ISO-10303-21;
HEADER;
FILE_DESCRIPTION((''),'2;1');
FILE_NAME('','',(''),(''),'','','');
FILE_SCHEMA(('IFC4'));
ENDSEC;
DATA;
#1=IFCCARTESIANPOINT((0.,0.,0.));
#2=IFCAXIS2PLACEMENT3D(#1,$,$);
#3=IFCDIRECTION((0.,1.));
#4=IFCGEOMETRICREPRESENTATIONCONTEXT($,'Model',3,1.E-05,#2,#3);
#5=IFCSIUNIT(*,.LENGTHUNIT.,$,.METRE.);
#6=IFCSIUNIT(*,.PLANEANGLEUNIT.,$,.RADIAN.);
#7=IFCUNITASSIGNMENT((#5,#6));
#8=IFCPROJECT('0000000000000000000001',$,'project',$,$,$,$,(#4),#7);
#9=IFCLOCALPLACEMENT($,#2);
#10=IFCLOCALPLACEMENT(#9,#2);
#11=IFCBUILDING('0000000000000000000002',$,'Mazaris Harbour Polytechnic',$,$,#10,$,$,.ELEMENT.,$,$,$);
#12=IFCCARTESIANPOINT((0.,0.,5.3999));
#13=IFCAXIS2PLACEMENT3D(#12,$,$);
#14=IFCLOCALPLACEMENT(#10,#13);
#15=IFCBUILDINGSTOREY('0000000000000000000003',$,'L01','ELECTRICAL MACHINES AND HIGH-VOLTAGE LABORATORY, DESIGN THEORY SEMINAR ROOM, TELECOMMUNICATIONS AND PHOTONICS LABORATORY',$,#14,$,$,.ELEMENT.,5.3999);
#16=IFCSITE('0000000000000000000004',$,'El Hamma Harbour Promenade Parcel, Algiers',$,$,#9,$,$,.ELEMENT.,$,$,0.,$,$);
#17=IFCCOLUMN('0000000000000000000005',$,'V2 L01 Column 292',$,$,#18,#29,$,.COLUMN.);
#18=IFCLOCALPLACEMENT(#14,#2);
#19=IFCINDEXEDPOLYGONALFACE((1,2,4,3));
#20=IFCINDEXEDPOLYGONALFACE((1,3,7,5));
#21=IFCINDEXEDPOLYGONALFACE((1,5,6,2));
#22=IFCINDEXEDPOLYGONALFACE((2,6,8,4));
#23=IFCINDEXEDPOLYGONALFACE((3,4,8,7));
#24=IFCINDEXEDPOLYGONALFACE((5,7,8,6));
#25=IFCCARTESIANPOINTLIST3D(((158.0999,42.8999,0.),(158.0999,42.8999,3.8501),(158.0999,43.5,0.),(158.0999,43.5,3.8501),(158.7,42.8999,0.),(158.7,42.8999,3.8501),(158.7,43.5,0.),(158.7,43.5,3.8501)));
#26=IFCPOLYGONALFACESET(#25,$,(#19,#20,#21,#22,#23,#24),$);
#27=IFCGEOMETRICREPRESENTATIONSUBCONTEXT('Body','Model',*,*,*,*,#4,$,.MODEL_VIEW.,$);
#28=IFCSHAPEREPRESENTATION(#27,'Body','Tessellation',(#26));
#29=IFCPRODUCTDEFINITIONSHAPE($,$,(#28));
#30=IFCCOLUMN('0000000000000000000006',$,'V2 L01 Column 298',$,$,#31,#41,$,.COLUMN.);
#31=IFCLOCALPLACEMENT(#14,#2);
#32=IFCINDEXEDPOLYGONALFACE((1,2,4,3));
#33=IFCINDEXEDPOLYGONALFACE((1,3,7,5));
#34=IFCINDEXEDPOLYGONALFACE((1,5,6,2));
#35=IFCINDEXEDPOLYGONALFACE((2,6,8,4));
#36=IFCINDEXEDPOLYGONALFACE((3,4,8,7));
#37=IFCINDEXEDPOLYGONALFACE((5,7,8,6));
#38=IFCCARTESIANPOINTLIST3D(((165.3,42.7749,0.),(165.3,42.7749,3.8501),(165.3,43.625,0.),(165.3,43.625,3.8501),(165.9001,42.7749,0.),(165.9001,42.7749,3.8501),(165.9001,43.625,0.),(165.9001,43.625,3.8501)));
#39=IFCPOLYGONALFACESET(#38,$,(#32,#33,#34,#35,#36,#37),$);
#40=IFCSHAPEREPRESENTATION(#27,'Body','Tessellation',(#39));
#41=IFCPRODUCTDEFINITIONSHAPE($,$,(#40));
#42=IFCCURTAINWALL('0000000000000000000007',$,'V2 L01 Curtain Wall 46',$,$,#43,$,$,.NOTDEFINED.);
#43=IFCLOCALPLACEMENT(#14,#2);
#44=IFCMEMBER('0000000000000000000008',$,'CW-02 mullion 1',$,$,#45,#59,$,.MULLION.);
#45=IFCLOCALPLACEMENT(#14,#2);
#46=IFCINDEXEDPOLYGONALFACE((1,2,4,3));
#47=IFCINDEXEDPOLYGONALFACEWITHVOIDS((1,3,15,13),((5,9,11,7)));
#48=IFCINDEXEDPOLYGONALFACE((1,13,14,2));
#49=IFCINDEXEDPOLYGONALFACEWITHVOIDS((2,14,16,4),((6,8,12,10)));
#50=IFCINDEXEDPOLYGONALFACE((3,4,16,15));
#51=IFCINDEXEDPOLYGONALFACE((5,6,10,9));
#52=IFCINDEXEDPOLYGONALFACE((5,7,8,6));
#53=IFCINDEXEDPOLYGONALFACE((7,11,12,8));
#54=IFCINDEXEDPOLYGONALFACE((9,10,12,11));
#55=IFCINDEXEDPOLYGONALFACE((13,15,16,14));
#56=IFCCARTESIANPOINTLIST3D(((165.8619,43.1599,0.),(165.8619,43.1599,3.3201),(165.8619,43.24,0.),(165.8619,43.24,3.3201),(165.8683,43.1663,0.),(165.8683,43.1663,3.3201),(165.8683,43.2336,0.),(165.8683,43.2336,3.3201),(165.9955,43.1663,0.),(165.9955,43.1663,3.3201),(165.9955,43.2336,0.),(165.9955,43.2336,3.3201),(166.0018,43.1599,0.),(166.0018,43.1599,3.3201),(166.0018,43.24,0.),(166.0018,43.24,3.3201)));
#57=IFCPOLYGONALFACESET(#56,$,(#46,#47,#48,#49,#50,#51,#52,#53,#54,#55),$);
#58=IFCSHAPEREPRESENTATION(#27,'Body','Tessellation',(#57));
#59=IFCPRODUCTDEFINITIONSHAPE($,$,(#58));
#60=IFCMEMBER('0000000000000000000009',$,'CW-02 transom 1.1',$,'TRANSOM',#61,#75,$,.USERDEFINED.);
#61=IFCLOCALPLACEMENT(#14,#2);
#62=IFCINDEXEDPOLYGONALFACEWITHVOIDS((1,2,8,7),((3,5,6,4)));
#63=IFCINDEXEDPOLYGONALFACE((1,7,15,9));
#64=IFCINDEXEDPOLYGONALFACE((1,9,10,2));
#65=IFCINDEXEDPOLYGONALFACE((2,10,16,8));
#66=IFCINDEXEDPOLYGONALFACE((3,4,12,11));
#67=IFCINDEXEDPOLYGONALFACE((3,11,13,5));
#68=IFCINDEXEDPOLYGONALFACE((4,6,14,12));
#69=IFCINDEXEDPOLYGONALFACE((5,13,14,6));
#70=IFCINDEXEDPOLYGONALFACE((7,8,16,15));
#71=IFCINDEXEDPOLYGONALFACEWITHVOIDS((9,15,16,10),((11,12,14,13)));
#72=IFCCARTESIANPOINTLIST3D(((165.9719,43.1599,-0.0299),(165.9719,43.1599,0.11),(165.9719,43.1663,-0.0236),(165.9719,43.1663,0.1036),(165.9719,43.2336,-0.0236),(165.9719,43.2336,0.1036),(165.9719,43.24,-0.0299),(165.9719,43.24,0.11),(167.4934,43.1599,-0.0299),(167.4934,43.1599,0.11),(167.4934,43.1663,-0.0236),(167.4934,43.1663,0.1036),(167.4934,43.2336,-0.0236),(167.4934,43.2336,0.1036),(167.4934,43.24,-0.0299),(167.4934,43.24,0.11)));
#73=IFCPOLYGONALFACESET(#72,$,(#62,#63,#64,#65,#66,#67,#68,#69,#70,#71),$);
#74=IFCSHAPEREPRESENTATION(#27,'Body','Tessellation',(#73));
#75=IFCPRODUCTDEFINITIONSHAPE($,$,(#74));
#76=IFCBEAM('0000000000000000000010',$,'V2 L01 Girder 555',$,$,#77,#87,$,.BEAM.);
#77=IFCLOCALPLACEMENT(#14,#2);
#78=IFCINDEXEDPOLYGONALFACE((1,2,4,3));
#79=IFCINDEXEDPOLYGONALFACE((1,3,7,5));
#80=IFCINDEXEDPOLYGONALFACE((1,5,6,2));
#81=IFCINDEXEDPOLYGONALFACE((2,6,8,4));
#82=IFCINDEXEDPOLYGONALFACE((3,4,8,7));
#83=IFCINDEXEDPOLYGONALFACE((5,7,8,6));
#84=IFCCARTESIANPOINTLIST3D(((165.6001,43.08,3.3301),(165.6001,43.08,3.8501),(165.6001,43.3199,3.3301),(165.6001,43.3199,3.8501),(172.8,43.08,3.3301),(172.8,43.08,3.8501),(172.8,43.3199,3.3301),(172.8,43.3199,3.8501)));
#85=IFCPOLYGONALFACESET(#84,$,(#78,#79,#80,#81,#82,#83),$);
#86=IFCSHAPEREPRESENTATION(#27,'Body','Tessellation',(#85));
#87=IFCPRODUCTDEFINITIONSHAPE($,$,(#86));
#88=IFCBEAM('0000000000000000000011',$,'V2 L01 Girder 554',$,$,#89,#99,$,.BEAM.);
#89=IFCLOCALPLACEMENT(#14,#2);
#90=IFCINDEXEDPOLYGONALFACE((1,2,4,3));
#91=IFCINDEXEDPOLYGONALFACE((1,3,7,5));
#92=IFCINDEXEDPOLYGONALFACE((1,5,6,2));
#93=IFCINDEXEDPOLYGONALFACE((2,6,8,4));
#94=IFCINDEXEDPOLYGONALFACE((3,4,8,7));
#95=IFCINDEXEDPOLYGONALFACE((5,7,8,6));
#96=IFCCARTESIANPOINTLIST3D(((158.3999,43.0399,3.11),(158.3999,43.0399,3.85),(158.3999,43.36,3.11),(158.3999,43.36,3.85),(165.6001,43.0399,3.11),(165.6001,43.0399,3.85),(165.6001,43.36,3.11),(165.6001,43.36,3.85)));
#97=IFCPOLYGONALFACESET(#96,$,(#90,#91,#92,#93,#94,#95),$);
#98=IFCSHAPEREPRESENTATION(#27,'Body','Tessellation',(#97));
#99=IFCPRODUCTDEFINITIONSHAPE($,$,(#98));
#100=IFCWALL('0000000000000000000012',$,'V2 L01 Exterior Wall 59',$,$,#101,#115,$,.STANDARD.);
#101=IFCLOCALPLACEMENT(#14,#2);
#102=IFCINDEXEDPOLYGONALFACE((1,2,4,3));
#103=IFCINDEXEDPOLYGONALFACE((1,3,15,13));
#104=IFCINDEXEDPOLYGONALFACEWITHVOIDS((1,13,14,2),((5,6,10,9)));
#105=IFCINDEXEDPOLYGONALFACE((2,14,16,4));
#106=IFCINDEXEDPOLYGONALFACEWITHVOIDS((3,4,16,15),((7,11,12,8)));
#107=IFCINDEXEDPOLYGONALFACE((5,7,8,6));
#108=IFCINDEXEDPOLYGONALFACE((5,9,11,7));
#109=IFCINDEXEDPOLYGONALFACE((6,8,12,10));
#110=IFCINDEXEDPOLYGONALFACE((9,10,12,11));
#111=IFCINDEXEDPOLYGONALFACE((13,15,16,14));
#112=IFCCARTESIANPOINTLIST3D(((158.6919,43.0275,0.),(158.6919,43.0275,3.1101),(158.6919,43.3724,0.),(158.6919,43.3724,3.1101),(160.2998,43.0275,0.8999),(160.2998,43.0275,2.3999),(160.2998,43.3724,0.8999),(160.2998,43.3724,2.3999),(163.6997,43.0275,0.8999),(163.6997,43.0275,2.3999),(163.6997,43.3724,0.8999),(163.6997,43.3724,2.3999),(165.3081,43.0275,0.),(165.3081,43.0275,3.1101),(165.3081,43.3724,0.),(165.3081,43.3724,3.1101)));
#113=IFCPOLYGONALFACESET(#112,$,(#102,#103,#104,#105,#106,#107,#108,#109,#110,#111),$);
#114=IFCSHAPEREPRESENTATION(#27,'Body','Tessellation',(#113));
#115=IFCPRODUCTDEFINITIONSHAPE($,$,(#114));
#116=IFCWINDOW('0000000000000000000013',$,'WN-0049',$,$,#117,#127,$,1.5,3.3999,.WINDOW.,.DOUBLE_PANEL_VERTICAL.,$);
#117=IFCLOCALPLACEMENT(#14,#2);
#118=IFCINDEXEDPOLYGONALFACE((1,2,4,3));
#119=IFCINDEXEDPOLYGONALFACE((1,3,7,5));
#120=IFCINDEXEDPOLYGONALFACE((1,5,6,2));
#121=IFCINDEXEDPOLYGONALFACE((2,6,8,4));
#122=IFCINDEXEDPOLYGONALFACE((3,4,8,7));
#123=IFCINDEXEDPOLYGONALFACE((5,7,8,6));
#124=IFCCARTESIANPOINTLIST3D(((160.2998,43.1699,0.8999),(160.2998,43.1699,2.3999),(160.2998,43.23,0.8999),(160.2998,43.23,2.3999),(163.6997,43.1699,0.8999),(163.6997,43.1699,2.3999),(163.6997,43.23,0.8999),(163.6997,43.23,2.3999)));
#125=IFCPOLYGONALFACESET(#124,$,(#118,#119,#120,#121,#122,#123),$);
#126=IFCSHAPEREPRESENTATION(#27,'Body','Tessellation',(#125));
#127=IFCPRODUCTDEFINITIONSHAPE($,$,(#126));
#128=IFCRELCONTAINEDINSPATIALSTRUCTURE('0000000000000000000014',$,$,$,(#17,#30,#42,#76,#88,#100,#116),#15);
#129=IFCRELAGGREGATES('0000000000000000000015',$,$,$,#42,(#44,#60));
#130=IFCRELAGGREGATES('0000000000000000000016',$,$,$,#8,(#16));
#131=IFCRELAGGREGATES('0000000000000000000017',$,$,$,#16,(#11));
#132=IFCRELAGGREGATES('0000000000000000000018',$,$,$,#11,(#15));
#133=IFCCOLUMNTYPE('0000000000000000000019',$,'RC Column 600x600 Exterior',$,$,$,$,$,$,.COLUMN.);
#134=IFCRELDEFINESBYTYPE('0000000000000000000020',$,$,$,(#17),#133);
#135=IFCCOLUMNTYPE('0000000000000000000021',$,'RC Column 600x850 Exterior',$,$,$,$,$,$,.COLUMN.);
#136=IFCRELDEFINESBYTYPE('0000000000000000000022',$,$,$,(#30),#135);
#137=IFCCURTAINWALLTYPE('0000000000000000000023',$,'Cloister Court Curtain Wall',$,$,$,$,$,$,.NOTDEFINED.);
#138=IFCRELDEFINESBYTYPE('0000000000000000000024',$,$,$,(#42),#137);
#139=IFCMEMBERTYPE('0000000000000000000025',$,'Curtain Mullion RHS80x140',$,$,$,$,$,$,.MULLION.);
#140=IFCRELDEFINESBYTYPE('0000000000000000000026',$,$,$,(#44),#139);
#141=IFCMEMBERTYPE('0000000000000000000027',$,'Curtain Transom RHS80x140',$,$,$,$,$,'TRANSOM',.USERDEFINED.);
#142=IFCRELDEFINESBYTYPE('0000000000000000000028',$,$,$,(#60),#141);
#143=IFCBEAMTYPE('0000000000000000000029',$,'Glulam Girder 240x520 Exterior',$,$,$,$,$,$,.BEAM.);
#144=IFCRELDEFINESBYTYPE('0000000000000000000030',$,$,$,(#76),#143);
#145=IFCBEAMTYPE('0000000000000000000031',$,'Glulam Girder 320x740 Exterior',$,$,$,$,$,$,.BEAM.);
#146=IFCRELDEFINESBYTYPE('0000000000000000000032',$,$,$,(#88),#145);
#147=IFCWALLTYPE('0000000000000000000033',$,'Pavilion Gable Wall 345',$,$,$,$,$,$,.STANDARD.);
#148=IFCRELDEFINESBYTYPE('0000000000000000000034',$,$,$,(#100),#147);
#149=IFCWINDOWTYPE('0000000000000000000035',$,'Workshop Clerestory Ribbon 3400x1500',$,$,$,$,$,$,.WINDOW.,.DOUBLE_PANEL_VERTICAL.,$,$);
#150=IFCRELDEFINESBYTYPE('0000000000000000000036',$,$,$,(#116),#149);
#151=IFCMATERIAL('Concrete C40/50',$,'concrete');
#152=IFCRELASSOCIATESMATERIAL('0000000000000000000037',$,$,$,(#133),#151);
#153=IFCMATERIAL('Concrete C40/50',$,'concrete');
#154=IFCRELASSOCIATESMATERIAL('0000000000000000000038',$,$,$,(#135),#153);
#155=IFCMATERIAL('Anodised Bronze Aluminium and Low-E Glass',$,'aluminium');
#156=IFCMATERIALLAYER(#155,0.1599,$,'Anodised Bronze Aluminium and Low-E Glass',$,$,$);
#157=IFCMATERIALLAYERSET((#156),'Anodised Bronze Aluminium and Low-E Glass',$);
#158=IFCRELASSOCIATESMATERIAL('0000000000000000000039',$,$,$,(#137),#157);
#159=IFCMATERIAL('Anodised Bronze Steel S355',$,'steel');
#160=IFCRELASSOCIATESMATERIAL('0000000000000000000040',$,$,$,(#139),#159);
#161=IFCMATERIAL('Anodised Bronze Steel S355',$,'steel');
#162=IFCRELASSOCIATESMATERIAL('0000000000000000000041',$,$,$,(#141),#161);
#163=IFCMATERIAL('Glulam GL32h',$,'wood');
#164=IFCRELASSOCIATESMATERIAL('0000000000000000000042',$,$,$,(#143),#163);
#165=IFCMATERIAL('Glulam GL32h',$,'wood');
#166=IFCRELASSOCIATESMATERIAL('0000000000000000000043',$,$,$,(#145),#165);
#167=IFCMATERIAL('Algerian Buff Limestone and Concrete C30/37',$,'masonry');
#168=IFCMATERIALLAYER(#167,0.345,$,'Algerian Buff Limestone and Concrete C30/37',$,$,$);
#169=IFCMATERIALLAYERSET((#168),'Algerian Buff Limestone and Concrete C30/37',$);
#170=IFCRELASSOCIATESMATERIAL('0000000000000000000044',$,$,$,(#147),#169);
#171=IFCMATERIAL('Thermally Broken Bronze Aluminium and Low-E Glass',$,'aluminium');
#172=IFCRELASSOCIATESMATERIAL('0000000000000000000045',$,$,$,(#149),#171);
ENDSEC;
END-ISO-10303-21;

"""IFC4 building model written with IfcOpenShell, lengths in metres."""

from ifc_helpers import new_model, si_unit, direction, frame, frame_2d, origin, origin_2d, place, context, subcontext, project, spatial, rectangle, hollow_rectangle, extrude, material, layer, layer_set, material_profile, profile_set, type_object, element, fill, aggregate, save


model = new_model("IFC4")

# Units and contexts
model_context = context("Model", 3, precision=1e-05, world=origin(), true_north=direction((0.0, 1.0)))
body_context = subcontext(model_context, "Body", "Model", "MODEL_VIEW")
ifc_project = project(units=[si_unit("LENGTHUNIT", "METRE"), si_unit("PLANEANGLEUNIT", "RADIAN")], contexts=[model_context])

# Site, building, storey
site_placement = place(None, origin())
site = spatial("IfcSite", under=ifc_project, at=site_placement, Name="El Hamma Harbour Promenade Parcel, Algiers", CompositionType="ELEMENT", RefElevation=0.0)
building_placement = place(site_placement, origin())
building = spatial("IfcBuilding", under=site, at=building_placement, Name="Mazaris Harbour Polytechnic", CompositionType="ELEMENT")
storey_placement = place(building_placement, frame((0.0, 0.0, 5.3999)))
storey = spatial("IfcBuildingStorey", under=building, at=storey_placement, Name="L01", Description="ELECTRICAL MACHINES AND HIGH-VOLTAGE LABORATORY, DESIGN THEORY SEMINAR ROOM, TELECOMMUNICATIONS AND PHOTONICS LABORATORY", CompositionType="ELEMENT", Elevation=5.3999)

# Columns
ifc_material_1 = material(Name="Concrete C40/50", Category="concrete")
ifc_material_profile_1 = material_profile(ifc_material_1, rectangle(XDim=0.6001, YDim=0.6001, at=origin_2d()), Name="RECT600x600")
ifc_profile_set_1 = profile_set([ifc_material_profile_1], Name="Concrete C40/50")
column_type_1 = type_object("IfcColumnType", Name="RC Column 600x600 Exterior", PredefinedType="COLUMN", material=ifc_profile_set_1)
column_1_placement = place(storey_placement, frame((158.3999, 43.2, 0.0), z_axis=(0.0, 0.0, 1.0), x_axis=(1.0, 0.0, 0.0)))
element("IfcColumn", 1, at=column_1_placement, inside=storey, type_object=column_type_1, Name="V2 L01 Column 292", PredefinedType="COLUMN", context=body_context, shape_type="SweptSolid", body=[
    extrude(rectangle(XDim=0.6001, YDim=0.6001, at=origin_2d()), origin(), (0.0, 0.0, 1.0), 3.8501),
])
ifc_material_2 = material(Name="Concrete C40/50", Category="concrete")
ifc_material_profile_2 = material_profile(ifc_material_2, rectangle(XDim=0.6001, YDim=0.8501, at=origin_2d()), Name="RECT600x850")
ifc_profile_set_2 = profile_set([ifc_material_profile_2], Name="Concrete C40/50")
column_type_2 = type_object("IfcColumnType", Name="RC Column 600x850 Exterior", PredefinedType="COLUMN", material=ifc_profile_set_2)
column_2_placement = place(storey_placement, frame((165.6001, 43.2, 0.0), z_axis=(0.0, 0.0, 1.0), x_axis=(1.0, 0.0, 0.0)))
element("IfcColumn", 2, at=column_2_placement, inside=storey, type_object=column_type_2, Name="V2 L01 Column 298", PredefinedType="COLUMN", context=body_context, shape_type="SweptSolid", body=[
    extrude(rectangle(XDim=0.6001, YDim=0.8501, at=origin_2d()), origin(), (0.0, 0.0, 1.0), 3.8501),
])

# Curtain wall, members
ifc_material_3 = material(Name="Anodised Bronze Aluminium and Low-E Glass", Category="aluminium")
ifc_layer_1 = layer(ifc_material_3, 0.1599, Name="Anodised Bronze Aluminium and Low-E Glass")
ifc_layer_set_1 = layer_set([ifc_layer_1], Name="Anodised Bronze Aluminium and Low-E Glass")
curtain_wall_type = type_object("IfcCurtainWallType", Name="Cloister Court Curtain Wall", PredefinedType="NOTDEFINED", material=ifc_layer_set_1)
curtain_wall_placement = place(storey_placement, origin())
curtain_wall = element("IfcCurtainWall", 3, at=curtain_wall_placement, inside=storey, type_object=curtain_wall_type, Name="V2 L01 Curtain Wall 46", PredefinedType="NOTDEFINED")
ifc_material_4 = material(Name="Anodised Bronze Steel S355", Category="steel")
ifc_material_profile_3 = material_profile(ifc_material_4, hollow_rectangle(XDim=0.0801, YDim=0.1399, WallThickness=0.0063, at=origin_2d()), Name="RHS 80x140x6.3")
ifc_profile_set_3 = profile_set([ifc_material_profile_3], Name="Anodised Bronze Steel S355")
member_type_1 = type_object("IfcMemberType", Name="Curtain Mullion RHS80x140", PredefinedType="MULLION", material=ifc_profile_set_3)
member_1_placement = place(storey_placement, frame((165.9319, 43.2, 0.0), z_axis=(0.0, 0.0, 1.0), x_axis=(0.0, 1.0, 0.0)))
member_1 = element("IfcMember", 4, at=member_1_placement, type_object=member_type_1, Name="CW-02 mullion 1", PredefinedType="MULLION", context=body_context, shape_type="SweptSolid", body=[
    extrude(hollow_rectangle(XDim=0.0801, YDim=0.1399, WallThickness=0.0063, at=origin_2d()), origin(), (0.0, 0.0, 1.0), 3.3201),
])
ifc_material_5 = material(Name="Anodised Bronze Steel S355", Category="steel")
ifc_material_profile_4 = material_profile(ifc_material_5, hollow_rectangle(XDim=0.0801, YDim=0.1399, WallThickness=0.0063, at=origin_2d()), Name="RHS 80x140x6.3")
ifc_profile_set_4 = profile_set([ifc_material_profile_4], Name="Anodised Bronze Steel S355")
member_type_2 = type_object("IfcMemberType", Name="Curtain Transom RHS80x140", ElementType="TRANSOM", PredefinedType="USERDEFINED", material=ifc_profile_set_4)
member_2_placement = place(storey_placement, frame((165.9719, 43.2, 0.04), z_axis=(1.0, 0.0, 0.0), x_axis=(0.0, 1.0, 0.0)))
member_2 = element("IfcMember", 5, at=member_2_placement, type_object=member_type_2, Name="CW-02 transom 1.1", ObjectType="TRANSOM", PredefinedType="USERDEFINED", context=body_context, shape_type="SweptSolid", body=[
    extrude(hollow_rectangle(XDim=0.0801, YDim=0.1399, WallThickness=0.0063, at=origin_2d()), origin(), (0.0, 0.0, 1.0), 1.5215),
])
aggregate(curtain_wall, [member_1, member_2])

# Beams
ifc_material_6 = material(Name="Glulam GL32h", Category="wood")
ifc_material_profile_5 = material_profile(ifc_material_6, rectangle(XDim=0.24, YDim=0.52, at=origin_2d()), Name="RECT240x520")
ifc_profile_set_5 = profile_set([ifc_material_profile_5], Name="Glulam GL32h")
beam_type_1 = type_object("IfcBeamType", Name="Glulam Girder 240x520 Exterior", PredefinedType="BEAM", material=ifc_profile_set_5)
beam_1_placement = place(storey_placement, frame((165.6001, 43.2, 3.5901), z_axis=(1.0, 0.0, 0.0), x_axis=(0.0, 1.0, 0.0)))
element("IfcBeam", 6, at=beam_1_placement, inside=storey, type_object=beam_type_1, Name="V2 L01 Girder 555", PredefinedType="BEAM", context=body_context, shape_type="SweptSolid", body=[
    extrude(rectangle(XDim=0.24, YDim=0.52, at=origin_2d()), origin(), (0.0, 0.0, 1.0), 7.2),
])
ifc_material_7 = material(Name="Glulam GL32h", Category="wood")
ifc_material_profile_6 = material_profile(ifc_material_7, rectangle(XDim=0.3201, YDim=0.74, at=origin_2d()), Name="RECT320x740")
ifc_profile_set_6 = profile_set([ifc_material_profile_6], Name="Glulam GL32h")
beam_type_2 = type_object("IfcBeamType", Name="Glulam Girder 320x740 Exterior", PredefinedType="BEAM", material=ifc_profile_set_6)
beam_2_placement = place(storey_placement, frame((158.3999, 43.2, 3.48), z_axis=(1.0, 0.0, 0.0), x_axis=(0.0, 1.0, 0.0)))
element("IfcBeam", 7, at=beam_2_placement, inside=storey, type_object=beam_type_2, Name="V2 L01 Girder 554", PredefinedType="BEAM", context=body_context, shape_type="SweptSolid", body=[
    extrude(rectangle(XDim=0.3201, YDim=0.74, at=origin_2d()), origin(), (0.0, 0.0, 1.0), 7.2002),
])

# Wall, opening, window
ifc_material_8 = material(Name="Algerian Buff Limestone and Concrete C30/37", Category="masonry")
ifc_layer_2 = layer(ifc_material_8, 0.345, Name="Algerian Buff Limestone and Concrete C30/37")
ifc_layer_set_2 = layer_set([ifc_layer_2], Name="Algerian Buff Limestone and Concrete C30/37")
wall_type_1 = type_object("IfcWallType", Name="Pavilion Gable Wall 345", PredefinedType="STANDARD", material=ifc_layer_set_2)
wall_1_placement = place(storey_placement, frame((158.6919, 43.2, 0.0), z_axis=(0.0, 0.0, 1.0), x_axis=(1.0, 0.0, 0.0)))
wall_1 = element("IfcWall", 8, at=wall_1_placement, inside=storey, type_object=wall_type_1, Name="V2 L01 Exterior Wall 59", PredefinedType="STANDARD", context=body_context, shape_type="SweptSolid", body=[
    extrude(rectangle(XDim=6.6162, YDim=0.345, at=frame_2d((3.3081, 0.0))), origin(), (0.0, 0.0, 1.0), 3.1101),
])
opening_1_placement = place(wall_1_placement, frame((1.6079, 0.0, 0.8999)))
opening_1 = element("IfcOpeningElement", 9, at=opening_1_placement, cuts=wall_1, PredefinedType="OPENING", context=body_context, shape_type="SweptSolid", body=[
    extrude(rectangle(XDim=3.3999, YDim=1.5, at=frame_2d((1.7, 0.75))), frame((0.0, 0.1824, 0.0), z_axis=(0.0, -1.0, 0.0), x_axis=(1.0, 0.0, 0.0)), (0.0, 0.0, 1.0), 0.365),
])
ifc_material_9 = material(Name="Thermally Broken Bronze Aluminium and Low-E Glass", Category="aluminium")
window_type_1 = type_object("IfcWindowType", Name="Workshop Clerestory Ribbon 3400x1500", PartitioningType="DOUBLE_PANEL_VERTICAL", PredefinedType="WINDOW", material=ifc_material_9)
window_1_placement = place(opening_1_placement, origin())
window_1 = element("IfcWindow", 10, at=window_1_placement, inside=storey, type_object=window_type_1, Name="WN-0049", OverallHeight=1.5, OverallWidth=3.3999, PartitioningType="DOUBLE_PANEL_VERTICAL", PredefinedType="WINDOW", context=body_context, shape_type="SweptSolid", body=[
    extrude(rectangle(XDim=3.3999, YDim=1.5, at=frame_2d((1.7, 0.75))), frame((0.0, 0.03, 0.0), z_axis=(0.0, -1.0, 0.0), x_axis=(1.0, 0.0, 0.0)), (0.0, 0.0, 1.0), 0.0601),
])
fill(opening_1, window_1)

save(model, "model.ifc")
